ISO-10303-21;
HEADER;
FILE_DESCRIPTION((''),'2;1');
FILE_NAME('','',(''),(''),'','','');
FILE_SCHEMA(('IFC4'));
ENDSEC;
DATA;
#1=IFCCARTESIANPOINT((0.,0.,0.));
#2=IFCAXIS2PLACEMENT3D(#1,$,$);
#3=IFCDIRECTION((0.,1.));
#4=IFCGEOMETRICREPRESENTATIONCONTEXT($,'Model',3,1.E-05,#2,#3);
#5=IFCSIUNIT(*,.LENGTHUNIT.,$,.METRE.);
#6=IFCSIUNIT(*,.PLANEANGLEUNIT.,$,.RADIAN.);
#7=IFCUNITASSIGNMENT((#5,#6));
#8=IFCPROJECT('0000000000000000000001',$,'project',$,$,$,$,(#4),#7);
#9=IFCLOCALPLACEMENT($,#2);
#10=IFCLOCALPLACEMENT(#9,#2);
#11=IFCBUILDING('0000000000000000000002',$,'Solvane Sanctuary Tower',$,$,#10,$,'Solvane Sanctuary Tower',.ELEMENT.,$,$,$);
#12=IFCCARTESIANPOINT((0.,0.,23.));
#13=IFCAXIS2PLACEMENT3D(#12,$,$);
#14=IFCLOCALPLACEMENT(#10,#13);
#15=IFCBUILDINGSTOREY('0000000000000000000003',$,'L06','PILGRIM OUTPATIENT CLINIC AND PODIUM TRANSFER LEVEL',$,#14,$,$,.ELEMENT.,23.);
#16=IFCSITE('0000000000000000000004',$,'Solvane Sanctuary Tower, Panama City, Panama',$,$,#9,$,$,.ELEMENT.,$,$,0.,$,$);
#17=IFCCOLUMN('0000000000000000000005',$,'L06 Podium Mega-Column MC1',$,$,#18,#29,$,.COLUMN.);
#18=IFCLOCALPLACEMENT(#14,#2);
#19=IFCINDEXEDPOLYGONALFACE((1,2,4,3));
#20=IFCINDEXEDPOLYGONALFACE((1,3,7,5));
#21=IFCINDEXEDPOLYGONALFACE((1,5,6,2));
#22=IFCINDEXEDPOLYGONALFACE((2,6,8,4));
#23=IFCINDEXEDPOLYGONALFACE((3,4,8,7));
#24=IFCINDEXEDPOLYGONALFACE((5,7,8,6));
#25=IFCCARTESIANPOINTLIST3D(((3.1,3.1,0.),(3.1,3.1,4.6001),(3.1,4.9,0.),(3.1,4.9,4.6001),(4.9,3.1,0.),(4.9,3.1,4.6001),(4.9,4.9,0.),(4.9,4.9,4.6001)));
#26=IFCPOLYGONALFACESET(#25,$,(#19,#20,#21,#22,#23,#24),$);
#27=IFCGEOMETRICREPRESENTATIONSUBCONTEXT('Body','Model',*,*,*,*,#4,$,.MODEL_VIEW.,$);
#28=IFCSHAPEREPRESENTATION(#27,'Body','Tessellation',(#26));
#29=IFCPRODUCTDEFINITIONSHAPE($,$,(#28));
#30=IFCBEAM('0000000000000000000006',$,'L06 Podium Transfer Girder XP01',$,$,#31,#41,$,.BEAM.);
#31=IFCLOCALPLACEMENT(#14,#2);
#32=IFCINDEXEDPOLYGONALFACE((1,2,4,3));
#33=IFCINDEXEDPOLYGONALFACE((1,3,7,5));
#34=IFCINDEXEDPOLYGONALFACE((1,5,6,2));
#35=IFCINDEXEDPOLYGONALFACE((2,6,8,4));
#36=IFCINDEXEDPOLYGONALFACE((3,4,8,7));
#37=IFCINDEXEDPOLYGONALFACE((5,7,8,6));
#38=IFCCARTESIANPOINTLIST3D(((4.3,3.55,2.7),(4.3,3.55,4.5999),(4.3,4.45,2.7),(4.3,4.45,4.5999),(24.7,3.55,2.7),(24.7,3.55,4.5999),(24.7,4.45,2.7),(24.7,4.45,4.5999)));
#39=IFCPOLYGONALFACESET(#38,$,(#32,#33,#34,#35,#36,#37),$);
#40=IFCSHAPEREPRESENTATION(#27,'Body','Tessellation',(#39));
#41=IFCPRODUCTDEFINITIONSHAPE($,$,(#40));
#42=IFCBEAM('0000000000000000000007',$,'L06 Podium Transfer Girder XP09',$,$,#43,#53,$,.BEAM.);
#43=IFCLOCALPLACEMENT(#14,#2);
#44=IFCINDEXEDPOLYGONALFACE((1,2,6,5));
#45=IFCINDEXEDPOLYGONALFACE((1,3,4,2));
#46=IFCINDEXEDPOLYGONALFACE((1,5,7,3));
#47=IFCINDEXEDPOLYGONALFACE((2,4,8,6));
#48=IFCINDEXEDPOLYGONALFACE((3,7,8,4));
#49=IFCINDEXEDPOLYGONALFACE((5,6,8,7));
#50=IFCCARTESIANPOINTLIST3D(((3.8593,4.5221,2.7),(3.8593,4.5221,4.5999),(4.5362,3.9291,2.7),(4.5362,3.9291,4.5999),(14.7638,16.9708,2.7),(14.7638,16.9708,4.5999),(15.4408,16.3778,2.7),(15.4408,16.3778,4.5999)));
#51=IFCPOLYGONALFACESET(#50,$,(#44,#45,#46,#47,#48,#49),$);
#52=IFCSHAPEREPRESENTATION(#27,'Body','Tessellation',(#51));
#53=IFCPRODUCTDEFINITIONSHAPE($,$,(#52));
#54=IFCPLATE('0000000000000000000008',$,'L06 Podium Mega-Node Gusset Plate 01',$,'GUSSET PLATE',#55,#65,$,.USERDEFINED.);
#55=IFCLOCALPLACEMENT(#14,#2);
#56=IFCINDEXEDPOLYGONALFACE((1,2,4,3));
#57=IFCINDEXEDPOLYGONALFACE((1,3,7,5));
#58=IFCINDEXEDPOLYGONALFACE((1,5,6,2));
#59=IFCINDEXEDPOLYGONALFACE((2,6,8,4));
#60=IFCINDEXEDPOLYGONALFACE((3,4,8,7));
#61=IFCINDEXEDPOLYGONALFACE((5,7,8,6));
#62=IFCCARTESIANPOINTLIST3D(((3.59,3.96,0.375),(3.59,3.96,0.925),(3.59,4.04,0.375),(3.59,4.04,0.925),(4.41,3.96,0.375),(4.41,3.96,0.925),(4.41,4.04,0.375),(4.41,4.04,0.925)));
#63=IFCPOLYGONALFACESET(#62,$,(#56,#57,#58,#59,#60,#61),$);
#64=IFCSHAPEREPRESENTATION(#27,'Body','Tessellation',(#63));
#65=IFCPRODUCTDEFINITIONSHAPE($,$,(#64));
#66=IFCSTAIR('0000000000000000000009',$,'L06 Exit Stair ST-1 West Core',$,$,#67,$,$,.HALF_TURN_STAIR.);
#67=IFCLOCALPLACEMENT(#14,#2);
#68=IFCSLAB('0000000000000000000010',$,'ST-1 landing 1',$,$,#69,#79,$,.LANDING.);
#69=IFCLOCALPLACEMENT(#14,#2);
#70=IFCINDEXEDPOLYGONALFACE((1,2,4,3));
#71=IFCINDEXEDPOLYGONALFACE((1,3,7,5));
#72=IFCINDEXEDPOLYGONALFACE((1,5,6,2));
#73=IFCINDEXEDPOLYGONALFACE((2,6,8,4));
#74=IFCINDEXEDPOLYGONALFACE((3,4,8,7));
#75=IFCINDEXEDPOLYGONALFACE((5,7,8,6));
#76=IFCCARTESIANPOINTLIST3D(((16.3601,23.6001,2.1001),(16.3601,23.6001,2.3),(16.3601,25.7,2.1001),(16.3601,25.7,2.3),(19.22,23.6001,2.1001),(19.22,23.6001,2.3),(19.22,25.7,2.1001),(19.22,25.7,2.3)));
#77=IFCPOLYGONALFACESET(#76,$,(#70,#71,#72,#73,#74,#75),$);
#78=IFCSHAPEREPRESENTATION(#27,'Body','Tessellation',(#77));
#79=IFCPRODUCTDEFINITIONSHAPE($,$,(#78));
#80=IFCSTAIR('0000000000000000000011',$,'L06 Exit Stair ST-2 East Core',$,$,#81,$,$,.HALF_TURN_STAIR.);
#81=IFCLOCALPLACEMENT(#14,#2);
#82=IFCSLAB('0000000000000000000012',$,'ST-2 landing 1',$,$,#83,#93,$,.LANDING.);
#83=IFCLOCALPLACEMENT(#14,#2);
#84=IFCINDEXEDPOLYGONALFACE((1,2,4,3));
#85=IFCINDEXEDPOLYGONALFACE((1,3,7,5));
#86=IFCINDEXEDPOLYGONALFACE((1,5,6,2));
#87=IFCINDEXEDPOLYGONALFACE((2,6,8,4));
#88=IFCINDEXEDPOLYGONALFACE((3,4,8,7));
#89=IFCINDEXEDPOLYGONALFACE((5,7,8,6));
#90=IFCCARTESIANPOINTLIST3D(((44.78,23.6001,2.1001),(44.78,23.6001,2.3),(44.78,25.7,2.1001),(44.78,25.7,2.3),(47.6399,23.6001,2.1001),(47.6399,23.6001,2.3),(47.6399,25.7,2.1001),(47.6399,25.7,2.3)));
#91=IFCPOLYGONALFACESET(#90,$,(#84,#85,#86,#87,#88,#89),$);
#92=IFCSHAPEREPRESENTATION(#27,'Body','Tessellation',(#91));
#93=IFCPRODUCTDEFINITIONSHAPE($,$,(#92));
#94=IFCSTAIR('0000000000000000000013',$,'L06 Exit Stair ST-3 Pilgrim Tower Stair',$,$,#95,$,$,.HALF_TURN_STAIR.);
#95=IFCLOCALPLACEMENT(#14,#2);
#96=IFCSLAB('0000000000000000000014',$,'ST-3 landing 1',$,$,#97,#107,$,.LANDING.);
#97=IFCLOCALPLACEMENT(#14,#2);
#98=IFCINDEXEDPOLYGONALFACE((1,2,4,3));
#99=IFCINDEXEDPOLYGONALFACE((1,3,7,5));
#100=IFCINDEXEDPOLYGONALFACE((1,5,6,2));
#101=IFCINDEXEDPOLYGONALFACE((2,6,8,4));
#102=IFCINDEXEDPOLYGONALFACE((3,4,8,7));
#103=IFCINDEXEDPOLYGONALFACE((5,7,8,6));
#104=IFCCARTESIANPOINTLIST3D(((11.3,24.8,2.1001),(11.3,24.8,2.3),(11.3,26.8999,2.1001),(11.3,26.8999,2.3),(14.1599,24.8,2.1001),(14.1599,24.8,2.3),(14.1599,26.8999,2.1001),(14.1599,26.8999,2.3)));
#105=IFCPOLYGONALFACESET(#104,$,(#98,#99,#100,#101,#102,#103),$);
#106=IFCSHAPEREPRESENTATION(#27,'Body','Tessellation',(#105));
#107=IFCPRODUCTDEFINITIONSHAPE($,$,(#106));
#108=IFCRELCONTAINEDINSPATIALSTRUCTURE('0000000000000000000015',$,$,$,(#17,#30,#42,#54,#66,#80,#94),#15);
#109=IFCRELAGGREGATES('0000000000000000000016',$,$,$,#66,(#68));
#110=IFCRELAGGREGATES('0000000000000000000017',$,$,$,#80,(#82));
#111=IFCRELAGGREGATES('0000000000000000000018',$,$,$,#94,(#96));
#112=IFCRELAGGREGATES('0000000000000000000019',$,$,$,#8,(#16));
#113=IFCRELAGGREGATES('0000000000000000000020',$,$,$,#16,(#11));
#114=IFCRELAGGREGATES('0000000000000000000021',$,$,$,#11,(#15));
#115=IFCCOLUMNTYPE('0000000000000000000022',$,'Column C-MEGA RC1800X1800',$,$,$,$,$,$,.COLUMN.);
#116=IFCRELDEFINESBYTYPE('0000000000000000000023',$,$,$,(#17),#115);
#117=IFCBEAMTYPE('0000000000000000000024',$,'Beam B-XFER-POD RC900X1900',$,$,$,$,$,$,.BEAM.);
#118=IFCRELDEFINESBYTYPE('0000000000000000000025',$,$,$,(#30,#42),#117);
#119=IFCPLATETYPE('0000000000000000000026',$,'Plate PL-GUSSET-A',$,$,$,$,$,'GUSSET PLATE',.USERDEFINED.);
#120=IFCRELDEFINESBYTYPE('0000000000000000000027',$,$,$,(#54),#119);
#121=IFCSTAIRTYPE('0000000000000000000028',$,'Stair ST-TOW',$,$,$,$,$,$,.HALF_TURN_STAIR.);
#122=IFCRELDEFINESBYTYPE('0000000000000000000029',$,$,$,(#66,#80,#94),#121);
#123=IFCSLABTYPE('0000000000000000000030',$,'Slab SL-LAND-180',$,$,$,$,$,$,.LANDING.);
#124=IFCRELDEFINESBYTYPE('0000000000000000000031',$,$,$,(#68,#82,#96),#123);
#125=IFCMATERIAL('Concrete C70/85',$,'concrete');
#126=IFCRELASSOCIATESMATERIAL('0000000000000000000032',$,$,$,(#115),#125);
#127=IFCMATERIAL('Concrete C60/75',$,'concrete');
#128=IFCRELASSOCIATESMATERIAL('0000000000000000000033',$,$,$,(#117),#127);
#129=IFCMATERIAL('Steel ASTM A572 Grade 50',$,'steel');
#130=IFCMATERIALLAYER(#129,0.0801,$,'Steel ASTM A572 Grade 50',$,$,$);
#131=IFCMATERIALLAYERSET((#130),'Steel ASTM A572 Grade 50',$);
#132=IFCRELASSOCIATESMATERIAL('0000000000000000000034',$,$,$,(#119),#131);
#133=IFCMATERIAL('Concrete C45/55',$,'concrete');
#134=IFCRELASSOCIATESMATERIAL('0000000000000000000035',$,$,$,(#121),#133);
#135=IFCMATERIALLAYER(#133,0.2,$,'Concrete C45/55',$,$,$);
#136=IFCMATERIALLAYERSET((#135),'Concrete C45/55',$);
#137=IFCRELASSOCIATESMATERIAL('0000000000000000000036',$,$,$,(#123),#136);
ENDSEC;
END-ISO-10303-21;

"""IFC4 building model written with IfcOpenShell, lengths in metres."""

from ifc_helpers import new_model, si_unit, direction, frame, origin, origin_2d, place, context, subcontext, project, spatial, polyline, rectangle, outline, extrude, material, layer, layer_set, material_profile, profile_set, type_object, element, aggregate, save


model = new_model("IFC4")

# Units and contexts
model_context = context("Model", 3, precision=1e-05, world=origin(), true_north=direction((0.0, 1.0)))
body_context = subcontext(model_context, "Body", "Model", "MODEL_VIEW")
ifc_project = project(units=[si_unit("LENGTHUNIT", "METRE"), si_unit("PLANEANGLEUNIT", "RADIAN")], contexts=[model_context])

# Site, building, storey
site_placement = place(None, origin())
site = spatial("IfcSite", under=ifc_project, at=site_placement, Name="Solvane Sanctuary Tower, Panama City, Panama", CompositionType="ELEMENT", RefElevation=0.0)
building_placement = place(site_placement, origin())
building = spatial("IfcBuilding", under=site, at=building_placement, Name="Solvane Sanctuary Tower", LongName="Solvane Sanctuary Tower", CompositionType="ELEMENT")
storey_placement = place(building_placement, frame((0.0, 0.0, 23.0)))
storey = spatial("IfcBuildingStorey", under=building, at=storey_placement, Name="L06", Description="PILGRIM OUTPATIENT CLINIC AND PODIUM TRANSFER LEVEL", CompositionType="ELEMENT", Elevation=23.0)

# Column
ifc_material_1 = material(Name="Concrete C70/85", Category="concrete")
ifc_material_profile_1 = material_profile(ifc_material_1, rectangle(XDim=1.8, YDim=1.8, at=origin_2d()), Name="RC1800X1800")
ifc_profile_set_1 = profile_set([ifc_material_profile_1], Name="Concrete C70/85")
column_type = type_object("IfcColumnType", Name="Column C-MEGA RC1800X1800", PredefinedType="COLUMN", material=ifc_profile_set_1)
column_placement = place(storey_placement, frame((4.0, 4.0, 0.0), z_axis=(0.0, 0.0, 1.0), x_axis=(1.0, 0.0, 0.0)))
element("IfcColumn", 1, at=column_placement, inside=storey, type_object=column_type, Name="L06 Podium Mega-Column MC1", PredefinedType="COLUMN", context=body_context, shape_type="SweptSolid", body=[
    extrude(rectangle(XDim=1.8, YDim=1.8, at=origin_2d()), origin(), (0.0, 0.0, 1.0), 4.6001),
])

# Beams
ifc_material_2 = material(Name="Concrete C60/75", Category="concrete")
ifc_material_profile_2 = material_profile(ifc_material_2, rectangle(XDim=0.8999, YDim=1.8999, at=origin_2d()), Name="RC900X1900")
ifc_profile_set_2 = profile_set([ifc_material_profile_2], Name="Concrete C60/75")
beam_type = type_object("IfcBeamType", Name="Beam B-XFER-POD RC900X1900", PredefinedType="BEAM", material=ifc_profile_set_2)
beam_1_placement = place(storey_placement, frame((4.3, 4.0, 3.6499), z_axis=(1.0, 0.0, 0.0), x_axis=(0.0, 1.0, 0.0)))
element("IfcBeam", 2, at=beam_1_placement, inside=storey, type_object=beam_type, Name="L06 Podium Transfer Girder XP01", PredefinedType="BEAM", context=body_context, shape_type="SweptSolid", body=[
    extrude(rectangle(XDim=0.8999, YDim=1.8999, at=origin_2d()), origin(), (0.0, 0.0, 1.0), 20.3999),
])
beam_2_placement = place(storey_placement, frame((4.1978, 4.2256, 3.6499), z_axis=(0.658912, 0.75222, 0.0), x_axis=(-0.75222, 0.658912, 0.0)))
element("IfcBeam", 3, at=beam_2_placement, inside=storey, type_object=beam_type, Name="L06 Podium Transfer Girder XP09", PredefinedType="BEAM", context=body_context, shape_type="SweptSolid", body=[
    extrude(rectangle(XDim=0.8999, YDim=1.8999, at=origin_2d()), origin(), (0.0, 0.0, 1.0), 16.5493),
])

# Plate
ifc_material_3 = material(Name="Steel ASTM A572 Grade 50", Category="steel")
ifc_layer_1 = layer(ifc_material_3, 0.0801, Name="Steel ASTM A572 Grade 50")
ifc_layer_set_1 = layer_set([ifc_layer_1], Name="Steel ASTM A572 Grade 50")
plate_type = type_object("IfcPlateType", Name="Plate PL-GUSSET-A", ElementType="GUSSET PLATE", PredefinedType="USERDEFINED", material=ifc_layer_set_1)
plate_placement = place(storey_placement, frame((4.0, 4.0, 0.375), z_axis=(0.0, 0.0, 1.0), x_axis=(1.0, 0.0, 0.0)))
element("IfcPlate", 4, at=plate_placement, inside=storey, type_object=plate_type, Name="L06 Podium Mega-Node Gusset Plate 01", ObjectType="GUSSET PLATE", PredefinedType="USERDEFINED", context=body_context, shape_type="SweptSolid", body=[
    extrude(rectangle(XDim=0.8201, YDim=0.0801, at=origin_2d()), origin(), (0.0, 0.0, 1.0), 0.55),
])

# Stairs, slabs
ifc_material_4 = material(Name="Concrete C45/55", Category="concrete")
stair_type = type_object("IfcStairType", Name="Stair ST-TOW", PredefinedType="HALF_TURN_STAIR", material=ifc_material_4)
stair_1_placement = place(storey_placement, origin())
stair_1 = element("IfcStair", 5, at=stair_1_placement, inside=storey, type_object=stair_type, Name="L06 Exit Stair ST-1 West Core", PredefinedType="HALF_TURN_STAIR")
ifc_layer_2 = layer(ifc_material_4, 0.2, Name="Concrete C45/55")
ifc_layer_set_2 = layer_set([ifc_layer_2], Name="Concrete C45/55")
slab_type_1 = type_object("IfcSlabType", Name="Slab SL-LAND-180", PredefinedType="LANDING", material=ifc_layer_set_2)
slab_1_placement = place(storey_placement, frame((0.0, 0.0, 2.1001)))
slab_1 = element("IfcSlab", 6, at=slab_1_placement, type_object=slab_type_1, Name="ST-1 landing 1", PredefinedType="LANDING", context=body_context, shape_type="SweptSolid", body=[
    extrude(outline(polyline([(19.22, 23.6001), (19.22, 25.7), (16.3601, 25.7), (16.3601, 23.6001), (19.22, 23.6001)])), origin(), (0.0, 0.0, 1.0), 0.2),
])
aggregate(stair_1, [slab_1])
stair_2_placement = place(storey_placement, origin())
stair_2 = element("IfcStair", 7, at=stair_2_placement, inside=storey, type_object=stair_type, Name="L06 Exit Stair ST-2 East Core", PredefinedType="HALF_TURN_STAIR")
slab_2_placement = place(storey_placement, frame((0.0, 0.0, 2.1001)))
slab_2 = element("IfcSlab", 8, at=slab_2_placement, type_object=slab_type_1, Name="ST-2 landing 1", PredefinedType="LANDING", context=body_context, shape_type="SweptSolid", body=[
    extrude(outline(polyline([(47.6399, 23.6001), (47.6399, 25.7), (44.78, 25.7), (44.78, 23.6001), (47.6399, 23.6001)])), origin(), (0.0, 0.0, 1.0), 0.2),
])
aggregate(stair_2, [slab_2])
stair_3_placement = place(storey_placement, origin())
stair_3 = element("IfcStair", 9, at=stair_3_placement, inside=storey, type_object=stair_type, Name="L06 Exit Stair ST-3 Pilgrim Tower Stair", PredefinedType="HALF_TURN_STAIR")
slab_3_placement = place(storey_placement, frame((0.0, 0.0, 2.1001)))
slab_3 = element("IfcSlab", 10, at=slab_3_placement, type_object=slab_type_1, Name="ST-3 landing 1", PredefinedType="LANDING", context=body_context, shape_type="SweptSolid", body=[
    extrude(outline(polyline([(14.1599, 24.8), (14.1599, 26.8999), (11.3, 26.8999), (11.3, 24.8), (14.1599, 24.8)])), origin(), (0.0, 0.0, 1.0), 0.2),
])
aggregate(stair_3, [slab_3])

save(model, "model.ifc")
